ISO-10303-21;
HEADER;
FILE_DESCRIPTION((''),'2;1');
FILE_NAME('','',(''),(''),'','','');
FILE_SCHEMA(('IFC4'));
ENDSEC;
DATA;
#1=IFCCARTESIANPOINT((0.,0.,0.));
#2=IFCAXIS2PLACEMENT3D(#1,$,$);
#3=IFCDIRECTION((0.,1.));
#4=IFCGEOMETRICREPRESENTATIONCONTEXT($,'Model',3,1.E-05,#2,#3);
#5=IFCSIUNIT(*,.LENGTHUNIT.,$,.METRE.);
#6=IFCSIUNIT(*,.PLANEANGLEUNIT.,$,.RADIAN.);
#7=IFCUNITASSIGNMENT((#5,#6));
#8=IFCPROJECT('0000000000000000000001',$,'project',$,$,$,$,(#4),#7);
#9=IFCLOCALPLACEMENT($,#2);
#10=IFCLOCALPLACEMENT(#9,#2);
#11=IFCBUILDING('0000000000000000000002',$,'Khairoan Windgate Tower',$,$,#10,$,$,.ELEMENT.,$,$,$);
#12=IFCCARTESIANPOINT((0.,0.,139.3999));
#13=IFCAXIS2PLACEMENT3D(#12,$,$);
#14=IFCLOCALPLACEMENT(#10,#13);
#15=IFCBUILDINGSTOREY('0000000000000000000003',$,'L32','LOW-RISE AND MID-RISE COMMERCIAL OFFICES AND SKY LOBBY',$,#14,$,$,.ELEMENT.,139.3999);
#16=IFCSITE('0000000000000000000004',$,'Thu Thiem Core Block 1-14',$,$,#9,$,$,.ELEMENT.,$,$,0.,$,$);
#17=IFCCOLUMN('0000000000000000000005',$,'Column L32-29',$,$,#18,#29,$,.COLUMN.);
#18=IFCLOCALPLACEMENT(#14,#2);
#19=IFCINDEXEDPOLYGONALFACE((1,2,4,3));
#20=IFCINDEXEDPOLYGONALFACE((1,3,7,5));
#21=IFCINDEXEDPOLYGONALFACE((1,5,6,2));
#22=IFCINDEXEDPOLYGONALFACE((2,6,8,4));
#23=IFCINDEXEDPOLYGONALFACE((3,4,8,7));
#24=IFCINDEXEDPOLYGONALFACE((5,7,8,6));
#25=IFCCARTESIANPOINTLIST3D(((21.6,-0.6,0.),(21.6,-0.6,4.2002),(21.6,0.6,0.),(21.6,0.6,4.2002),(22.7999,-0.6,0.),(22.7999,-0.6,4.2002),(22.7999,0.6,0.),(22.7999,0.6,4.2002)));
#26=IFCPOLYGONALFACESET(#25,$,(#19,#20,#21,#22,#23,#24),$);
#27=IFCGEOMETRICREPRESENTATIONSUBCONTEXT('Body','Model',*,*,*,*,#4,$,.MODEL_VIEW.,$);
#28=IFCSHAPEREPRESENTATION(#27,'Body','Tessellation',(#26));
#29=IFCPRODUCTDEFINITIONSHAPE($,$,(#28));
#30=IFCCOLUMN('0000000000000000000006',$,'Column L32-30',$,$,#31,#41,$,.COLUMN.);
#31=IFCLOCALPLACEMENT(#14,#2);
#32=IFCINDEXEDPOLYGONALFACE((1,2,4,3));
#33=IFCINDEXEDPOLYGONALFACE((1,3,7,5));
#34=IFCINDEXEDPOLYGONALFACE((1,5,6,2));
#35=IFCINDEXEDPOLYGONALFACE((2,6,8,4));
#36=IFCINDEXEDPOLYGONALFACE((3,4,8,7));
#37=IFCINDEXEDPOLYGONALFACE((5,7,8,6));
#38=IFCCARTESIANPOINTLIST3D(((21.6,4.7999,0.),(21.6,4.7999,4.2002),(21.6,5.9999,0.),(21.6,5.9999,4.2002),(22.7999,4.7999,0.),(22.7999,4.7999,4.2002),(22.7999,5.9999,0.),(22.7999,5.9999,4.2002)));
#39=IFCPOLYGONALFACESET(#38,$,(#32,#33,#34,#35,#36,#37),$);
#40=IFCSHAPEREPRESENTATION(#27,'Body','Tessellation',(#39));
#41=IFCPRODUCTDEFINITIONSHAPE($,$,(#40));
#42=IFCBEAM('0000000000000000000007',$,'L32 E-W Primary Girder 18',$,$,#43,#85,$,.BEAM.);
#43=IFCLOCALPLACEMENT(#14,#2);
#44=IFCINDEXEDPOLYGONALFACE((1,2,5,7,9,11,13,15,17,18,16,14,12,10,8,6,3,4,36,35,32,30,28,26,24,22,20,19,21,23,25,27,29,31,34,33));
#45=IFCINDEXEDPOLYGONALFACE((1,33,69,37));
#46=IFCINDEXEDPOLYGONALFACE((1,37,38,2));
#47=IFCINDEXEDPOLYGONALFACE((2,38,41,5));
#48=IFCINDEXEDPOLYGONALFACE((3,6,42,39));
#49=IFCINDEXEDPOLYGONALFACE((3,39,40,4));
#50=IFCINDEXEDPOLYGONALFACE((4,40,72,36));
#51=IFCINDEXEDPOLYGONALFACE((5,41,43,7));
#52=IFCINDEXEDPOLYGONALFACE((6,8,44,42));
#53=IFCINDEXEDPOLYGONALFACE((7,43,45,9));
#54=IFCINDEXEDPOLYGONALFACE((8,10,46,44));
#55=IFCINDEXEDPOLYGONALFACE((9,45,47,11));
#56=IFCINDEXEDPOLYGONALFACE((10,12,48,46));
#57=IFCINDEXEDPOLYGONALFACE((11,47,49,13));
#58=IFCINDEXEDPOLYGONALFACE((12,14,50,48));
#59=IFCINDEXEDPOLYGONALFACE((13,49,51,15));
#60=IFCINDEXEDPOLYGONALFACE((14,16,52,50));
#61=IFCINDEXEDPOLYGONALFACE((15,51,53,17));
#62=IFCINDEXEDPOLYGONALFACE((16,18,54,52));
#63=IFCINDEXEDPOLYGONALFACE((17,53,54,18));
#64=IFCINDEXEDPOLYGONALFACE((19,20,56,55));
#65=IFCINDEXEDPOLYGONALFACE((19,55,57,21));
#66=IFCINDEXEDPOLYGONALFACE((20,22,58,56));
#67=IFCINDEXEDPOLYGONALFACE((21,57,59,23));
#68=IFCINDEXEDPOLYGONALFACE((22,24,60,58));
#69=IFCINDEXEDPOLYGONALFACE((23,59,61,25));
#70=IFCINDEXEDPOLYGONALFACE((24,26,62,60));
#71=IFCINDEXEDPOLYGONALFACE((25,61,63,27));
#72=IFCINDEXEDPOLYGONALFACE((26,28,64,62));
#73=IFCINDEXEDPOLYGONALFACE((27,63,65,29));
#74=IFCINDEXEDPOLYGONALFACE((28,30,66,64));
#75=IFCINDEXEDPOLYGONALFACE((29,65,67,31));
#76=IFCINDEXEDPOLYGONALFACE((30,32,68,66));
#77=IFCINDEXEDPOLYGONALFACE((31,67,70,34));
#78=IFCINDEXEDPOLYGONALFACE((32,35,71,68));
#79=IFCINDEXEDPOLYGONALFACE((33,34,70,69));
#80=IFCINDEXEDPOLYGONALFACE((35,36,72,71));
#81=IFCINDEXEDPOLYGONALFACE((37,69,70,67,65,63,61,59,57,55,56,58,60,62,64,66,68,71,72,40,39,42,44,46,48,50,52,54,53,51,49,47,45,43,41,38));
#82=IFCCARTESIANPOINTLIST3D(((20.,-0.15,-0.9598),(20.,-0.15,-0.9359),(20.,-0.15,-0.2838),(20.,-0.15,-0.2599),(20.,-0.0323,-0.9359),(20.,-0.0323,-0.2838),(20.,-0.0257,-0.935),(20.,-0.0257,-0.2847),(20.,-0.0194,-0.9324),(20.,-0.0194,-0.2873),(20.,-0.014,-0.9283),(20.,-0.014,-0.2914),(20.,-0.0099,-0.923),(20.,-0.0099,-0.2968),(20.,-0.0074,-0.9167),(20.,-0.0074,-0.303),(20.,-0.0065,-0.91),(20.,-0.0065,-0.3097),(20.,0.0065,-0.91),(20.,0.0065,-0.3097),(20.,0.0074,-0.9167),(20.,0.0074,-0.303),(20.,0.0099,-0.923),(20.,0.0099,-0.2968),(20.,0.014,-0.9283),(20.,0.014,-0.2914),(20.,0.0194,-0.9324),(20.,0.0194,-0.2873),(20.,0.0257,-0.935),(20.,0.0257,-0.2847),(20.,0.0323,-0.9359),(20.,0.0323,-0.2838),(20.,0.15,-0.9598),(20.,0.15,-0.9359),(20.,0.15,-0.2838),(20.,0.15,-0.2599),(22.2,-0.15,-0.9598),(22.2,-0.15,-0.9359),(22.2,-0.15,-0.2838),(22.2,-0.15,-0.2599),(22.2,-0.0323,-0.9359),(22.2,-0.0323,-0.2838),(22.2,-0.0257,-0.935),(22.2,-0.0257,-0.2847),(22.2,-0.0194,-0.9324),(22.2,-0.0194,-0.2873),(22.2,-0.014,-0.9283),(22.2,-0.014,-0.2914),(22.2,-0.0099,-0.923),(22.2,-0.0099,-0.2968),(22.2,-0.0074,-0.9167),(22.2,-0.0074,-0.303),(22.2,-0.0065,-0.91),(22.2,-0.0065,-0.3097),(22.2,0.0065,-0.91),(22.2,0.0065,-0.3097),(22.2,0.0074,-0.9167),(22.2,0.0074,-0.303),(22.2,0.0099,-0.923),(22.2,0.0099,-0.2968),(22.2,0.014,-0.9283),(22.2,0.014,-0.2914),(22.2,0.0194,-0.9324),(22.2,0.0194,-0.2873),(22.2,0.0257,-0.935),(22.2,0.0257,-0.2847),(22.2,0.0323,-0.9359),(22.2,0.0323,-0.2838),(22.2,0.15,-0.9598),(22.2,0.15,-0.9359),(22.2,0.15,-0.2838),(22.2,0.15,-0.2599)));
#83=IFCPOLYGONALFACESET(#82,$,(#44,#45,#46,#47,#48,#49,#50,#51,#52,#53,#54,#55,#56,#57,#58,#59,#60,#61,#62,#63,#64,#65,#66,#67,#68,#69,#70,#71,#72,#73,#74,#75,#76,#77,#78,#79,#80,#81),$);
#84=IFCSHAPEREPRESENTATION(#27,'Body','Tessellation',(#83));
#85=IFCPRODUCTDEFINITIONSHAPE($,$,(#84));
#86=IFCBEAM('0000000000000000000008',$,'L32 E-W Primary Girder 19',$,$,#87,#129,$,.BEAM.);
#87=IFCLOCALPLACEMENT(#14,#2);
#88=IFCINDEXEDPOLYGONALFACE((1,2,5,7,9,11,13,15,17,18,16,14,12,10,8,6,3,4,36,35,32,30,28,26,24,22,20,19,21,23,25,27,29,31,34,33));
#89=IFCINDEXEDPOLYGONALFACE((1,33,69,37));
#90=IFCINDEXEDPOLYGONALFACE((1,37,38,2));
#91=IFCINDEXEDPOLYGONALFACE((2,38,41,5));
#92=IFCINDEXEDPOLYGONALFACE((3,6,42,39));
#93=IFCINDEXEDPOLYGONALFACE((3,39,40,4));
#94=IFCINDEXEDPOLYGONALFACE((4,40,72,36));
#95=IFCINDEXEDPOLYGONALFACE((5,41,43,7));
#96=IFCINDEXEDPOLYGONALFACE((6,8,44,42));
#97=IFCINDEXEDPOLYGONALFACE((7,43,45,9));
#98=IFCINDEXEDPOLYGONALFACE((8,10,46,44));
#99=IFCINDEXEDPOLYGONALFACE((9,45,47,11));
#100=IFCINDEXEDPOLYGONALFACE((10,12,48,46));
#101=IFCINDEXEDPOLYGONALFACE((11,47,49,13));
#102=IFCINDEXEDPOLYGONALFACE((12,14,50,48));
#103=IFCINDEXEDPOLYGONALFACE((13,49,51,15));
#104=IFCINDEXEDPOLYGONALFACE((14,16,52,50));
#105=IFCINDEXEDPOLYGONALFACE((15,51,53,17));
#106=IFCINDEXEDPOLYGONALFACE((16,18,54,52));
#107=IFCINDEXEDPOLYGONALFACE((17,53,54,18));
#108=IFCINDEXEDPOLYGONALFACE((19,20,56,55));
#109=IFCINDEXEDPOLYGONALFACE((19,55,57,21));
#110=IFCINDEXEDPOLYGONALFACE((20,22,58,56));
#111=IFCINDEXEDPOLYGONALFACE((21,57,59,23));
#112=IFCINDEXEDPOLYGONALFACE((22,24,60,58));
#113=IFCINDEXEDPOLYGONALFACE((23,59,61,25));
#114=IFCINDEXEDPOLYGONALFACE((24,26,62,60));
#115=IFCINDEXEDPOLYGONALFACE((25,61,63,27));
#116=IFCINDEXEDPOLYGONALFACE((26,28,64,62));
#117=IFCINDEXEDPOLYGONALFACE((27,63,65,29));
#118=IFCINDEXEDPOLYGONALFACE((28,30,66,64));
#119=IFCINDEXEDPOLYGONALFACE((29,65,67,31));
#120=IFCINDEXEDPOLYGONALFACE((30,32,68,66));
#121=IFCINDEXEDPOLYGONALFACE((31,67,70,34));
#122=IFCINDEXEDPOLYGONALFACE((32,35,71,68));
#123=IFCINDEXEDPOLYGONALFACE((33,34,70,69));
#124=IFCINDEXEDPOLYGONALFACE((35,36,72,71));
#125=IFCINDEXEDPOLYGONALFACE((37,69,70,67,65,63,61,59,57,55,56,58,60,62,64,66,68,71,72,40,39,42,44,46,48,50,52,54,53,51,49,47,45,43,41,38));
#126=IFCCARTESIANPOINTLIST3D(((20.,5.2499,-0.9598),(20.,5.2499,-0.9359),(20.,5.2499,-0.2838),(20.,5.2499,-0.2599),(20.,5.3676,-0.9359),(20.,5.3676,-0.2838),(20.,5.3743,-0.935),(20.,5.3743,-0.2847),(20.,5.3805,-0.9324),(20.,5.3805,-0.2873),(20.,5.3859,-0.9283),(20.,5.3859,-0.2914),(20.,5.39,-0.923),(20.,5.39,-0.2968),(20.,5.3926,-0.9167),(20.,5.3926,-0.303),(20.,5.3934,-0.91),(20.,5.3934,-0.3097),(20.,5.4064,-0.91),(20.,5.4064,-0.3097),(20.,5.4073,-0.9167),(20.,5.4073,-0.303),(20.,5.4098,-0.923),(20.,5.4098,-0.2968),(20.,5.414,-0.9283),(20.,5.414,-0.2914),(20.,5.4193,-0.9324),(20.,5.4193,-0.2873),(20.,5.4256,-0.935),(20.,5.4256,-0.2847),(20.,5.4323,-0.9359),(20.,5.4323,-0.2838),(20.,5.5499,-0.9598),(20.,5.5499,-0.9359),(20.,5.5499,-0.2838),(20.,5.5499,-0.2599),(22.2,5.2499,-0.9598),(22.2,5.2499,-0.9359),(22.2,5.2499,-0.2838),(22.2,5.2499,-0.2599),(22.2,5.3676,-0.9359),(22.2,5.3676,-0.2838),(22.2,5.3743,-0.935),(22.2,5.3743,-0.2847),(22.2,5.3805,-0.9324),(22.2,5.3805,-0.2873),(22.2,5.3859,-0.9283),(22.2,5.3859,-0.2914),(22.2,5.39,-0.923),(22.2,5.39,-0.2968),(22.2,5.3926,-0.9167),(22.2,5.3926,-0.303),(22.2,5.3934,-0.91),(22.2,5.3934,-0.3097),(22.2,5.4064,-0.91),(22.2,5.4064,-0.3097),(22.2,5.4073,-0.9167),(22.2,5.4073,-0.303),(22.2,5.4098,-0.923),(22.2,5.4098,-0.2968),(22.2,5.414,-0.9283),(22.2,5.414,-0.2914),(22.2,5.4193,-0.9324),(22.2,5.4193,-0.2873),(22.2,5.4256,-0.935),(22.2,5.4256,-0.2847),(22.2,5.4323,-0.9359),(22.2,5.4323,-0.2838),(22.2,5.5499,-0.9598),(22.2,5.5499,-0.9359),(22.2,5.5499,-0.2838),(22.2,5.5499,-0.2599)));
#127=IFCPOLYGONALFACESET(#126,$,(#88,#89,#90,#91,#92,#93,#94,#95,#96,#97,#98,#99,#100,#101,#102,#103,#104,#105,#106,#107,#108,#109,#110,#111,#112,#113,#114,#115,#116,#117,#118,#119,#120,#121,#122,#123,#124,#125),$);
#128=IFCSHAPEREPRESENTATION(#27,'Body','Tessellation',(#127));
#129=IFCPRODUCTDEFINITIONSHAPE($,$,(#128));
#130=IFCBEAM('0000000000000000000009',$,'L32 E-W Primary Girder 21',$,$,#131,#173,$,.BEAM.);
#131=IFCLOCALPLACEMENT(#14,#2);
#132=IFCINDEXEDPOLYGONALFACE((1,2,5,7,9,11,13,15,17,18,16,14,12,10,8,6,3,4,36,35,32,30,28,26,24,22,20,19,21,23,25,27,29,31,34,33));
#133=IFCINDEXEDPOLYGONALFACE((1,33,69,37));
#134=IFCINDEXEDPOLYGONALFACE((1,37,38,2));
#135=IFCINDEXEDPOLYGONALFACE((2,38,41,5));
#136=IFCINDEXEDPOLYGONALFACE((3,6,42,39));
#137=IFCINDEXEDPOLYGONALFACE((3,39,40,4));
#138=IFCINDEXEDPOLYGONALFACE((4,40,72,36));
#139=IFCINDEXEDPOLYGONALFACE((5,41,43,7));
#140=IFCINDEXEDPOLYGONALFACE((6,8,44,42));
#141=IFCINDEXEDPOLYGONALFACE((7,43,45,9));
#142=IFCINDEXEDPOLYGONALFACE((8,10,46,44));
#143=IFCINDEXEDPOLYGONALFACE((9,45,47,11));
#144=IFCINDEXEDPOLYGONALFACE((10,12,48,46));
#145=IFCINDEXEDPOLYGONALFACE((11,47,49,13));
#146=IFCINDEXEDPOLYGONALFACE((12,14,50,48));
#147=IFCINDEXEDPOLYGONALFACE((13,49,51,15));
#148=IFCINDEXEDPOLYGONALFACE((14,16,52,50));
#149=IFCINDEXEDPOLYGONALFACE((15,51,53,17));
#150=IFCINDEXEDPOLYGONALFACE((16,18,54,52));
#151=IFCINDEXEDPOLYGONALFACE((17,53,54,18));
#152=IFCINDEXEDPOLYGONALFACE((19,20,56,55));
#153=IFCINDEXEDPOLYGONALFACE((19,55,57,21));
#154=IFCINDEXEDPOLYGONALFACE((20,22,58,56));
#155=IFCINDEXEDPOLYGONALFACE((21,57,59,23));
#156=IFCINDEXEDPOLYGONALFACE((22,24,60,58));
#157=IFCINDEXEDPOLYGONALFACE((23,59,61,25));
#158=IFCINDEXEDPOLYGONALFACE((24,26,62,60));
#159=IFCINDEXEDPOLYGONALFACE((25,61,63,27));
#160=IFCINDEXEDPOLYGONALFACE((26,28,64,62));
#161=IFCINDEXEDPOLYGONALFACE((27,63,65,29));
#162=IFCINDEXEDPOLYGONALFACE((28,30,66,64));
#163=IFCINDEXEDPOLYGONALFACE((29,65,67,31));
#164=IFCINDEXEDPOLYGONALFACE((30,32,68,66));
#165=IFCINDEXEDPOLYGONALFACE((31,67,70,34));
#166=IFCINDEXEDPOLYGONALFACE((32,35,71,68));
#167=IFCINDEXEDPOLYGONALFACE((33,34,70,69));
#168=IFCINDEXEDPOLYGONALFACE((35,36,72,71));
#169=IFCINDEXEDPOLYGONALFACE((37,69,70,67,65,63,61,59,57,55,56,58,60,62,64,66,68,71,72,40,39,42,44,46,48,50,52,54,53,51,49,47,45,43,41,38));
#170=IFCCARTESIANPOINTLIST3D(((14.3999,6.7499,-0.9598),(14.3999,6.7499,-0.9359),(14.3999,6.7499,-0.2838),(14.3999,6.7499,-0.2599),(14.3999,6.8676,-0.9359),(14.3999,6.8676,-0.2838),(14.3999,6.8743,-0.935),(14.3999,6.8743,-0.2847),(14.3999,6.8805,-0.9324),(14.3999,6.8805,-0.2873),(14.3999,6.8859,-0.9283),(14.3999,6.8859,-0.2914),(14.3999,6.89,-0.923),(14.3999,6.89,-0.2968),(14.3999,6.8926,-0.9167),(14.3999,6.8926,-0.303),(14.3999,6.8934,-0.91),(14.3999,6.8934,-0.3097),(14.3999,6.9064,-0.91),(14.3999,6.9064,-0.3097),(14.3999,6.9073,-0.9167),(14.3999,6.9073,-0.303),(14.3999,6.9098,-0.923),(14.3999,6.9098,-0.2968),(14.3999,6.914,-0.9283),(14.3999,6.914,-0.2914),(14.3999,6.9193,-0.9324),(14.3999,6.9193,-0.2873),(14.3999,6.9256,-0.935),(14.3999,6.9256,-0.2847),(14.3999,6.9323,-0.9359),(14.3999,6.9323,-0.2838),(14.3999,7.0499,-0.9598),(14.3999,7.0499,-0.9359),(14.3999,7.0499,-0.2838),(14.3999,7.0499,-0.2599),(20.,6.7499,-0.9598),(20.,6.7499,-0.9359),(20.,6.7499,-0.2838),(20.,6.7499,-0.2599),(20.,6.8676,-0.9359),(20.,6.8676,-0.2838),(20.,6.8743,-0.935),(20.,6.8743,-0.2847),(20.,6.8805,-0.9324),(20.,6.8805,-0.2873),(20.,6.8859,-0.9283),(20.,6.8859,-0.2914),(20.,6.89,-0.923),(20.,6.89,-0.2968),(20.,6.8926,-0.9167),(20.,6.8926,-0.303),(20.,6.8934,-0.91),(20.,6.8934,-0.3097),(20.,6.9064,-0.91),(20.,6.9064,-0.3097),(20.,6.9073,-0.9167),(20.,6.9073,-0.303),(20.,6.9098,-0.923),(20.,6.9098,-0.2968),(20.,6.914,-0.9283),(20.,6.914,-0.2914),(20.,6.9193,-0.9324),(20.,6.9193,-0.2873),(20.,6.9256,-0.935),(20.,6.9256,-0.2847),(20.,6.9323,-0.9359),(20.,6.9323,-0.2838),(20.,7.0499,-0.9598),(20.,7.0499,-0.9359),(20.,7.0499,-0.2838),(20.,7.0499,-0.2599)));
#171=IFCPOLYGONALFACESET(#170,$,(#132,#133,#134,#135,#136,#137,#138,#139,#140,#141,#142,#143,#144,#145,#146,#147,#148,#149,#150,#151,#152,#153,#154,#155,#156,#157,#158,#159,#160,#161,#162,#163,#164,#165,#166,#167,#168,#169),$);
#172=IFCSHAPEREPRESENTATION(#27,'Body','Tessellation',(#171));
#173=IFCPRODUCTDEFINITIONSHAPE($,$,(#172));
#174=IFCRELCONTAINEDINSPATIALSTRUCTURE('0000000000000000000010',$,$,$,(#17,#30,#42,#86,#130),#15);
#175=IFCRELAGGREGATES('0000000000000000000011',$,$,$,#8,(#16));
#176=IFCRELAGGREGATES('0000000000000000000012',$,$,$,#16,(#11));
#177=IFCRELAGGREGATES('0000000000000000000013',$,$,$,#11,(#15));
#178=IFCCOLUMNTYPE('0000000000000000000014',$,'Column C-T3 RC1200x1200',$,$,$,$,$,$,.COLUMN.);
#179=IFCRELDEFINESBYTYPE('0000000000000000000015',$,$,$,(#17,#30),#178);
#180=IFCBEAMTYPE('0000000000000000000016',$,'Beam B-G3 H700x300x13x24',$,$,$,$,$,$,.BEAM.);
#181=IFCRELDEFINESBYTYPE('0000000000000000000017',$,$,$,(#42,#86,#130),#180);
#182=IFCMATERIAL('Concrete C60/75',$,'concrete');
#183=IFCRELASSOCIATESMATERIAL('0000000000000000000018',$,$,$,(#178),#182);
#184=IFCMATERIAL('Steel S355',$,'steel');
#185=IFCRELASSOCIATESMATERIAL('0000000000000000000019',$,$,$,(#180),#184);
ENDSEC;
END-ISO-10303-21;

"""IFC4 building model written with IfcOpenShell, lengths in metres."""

from ifc_helpers import new_model, si_unit, direction, frame, origin, origin_2d, place, context, subcontext, project, spatial, rectangle, i_section, extrude, material, material_profile, profile_set, type_object, element, save


model = new_model("IFC4")

# Units and contexts
model_context = context("Model", 3, precision=1e-05, world=origin(), true_north=direction((0.0, 1.0)))
body_context = subcontext(model_context, "Body", "Model", "MODEL_VIEW")
ifc_project = project(units=[si_unit("LENGTHUNIT", "METRE"), si_unit("PLANEANGLEUNIT", "RADIAN")], contexts=[model_context])

# Site, building, storey
site_placement = place(None, origin())
site = spatial("IfcSite", under=ifc_project, at=site_placement, Name="Thu Thiem Core Block 1-14", CompositionType="ELEMENT", RefElevation=0.0)
building_placement = place(site_placement, origin())
building = spatial("IfcBuilding", under=site, at=building_placement, Name="Khairoan Windgate Tower", CompositionType="ELEMENT")
storey_placement = place(building_placement, frame((0.0, 0.0, 139.3999)))
storey = spatial("IfcBuildingStorey", under=building, at=storey_placement, Name="L32", Description="LOW-RISE AND MID-RISE COMMERCIAL OFFICES AND SKY LOBBY", CompositionType="ELEMENT", Elevation=139.3999)

# Columns
ifc_material_1 = material(Name="Concrete C60/75", Category="concrete")
ifc_material_profile_1 = material_profile(ifc_material_1, rectangle(XDim=1.2, YDim=1.2, at=origin_2d()))
ifc_profile_set_1 = profile_set([ifc_material_profile_1], Name="Concrete C60/75")
column_type = type_object("IfcColumnType", Name="Column C-T3 RC1200x1200", PredefinedType="COLUMN", material=ifc_profile_set_1)
for number, where, z_axis, x_axis, name in (
    (1, (22.2, 0.0, 0.0), (0.0, 0.0, 1.0), (1.0, 0.0, 0.0), "Column L32-29"),
    (2, (22.2, 5.3999, 0.0), (0.0, 0.0, 1.0), (1.0, 0.0, 0.0), "Column L32-30"),
):
    element("IfcColumn", number, at=place(storey_placement, frame(where, z_axis=z_axis, x_axis=x_axis)), inside=storey, type_object=column_type, Name=name, PredefinedType="COLUMN", context=body_context, shape_type="SweptSolid", body=[
        extrude(rectangle(XDim=1.2, YDim=1.2, at=origin_2d()), origin(), (0.0, 0.0, 1.0), 4.2002),
    ])

# Beams
ifc_material_2 = material(Name="Steel S355", Category="steel")
ifc_material_profile_2 = material_profile(ifc_material_2, i_section(OverallWidth=0.3, OverallDepth=0.7, WebThickness=0.0129, FlangeThickness=0.0239, FilletRadius=0.0259, at=origin_2d()))
ifc_profile_set_2 = profile_set([ifc_material_profile_2], Name="Steel S355")
beam_type_1 = type_object("IfcBeamType", Name="Beam B-G3 H700x300x13x24", PredefinedType="BEAM", material=ifc_profile_set_2)
for number, where, z_axis, x_axis, name in (
    (3, (20.0, 0.0, -0.6099), (1.0, 0.0, 0.0), (0.0, 1.0, 0.0), "L32 E-W Primary Girder 18"),
    (4, (20.0, 5.3999, -0.6099), (1.0, 0.0, 0.0), (0.0, 1.0, 0.0), "L32 E-W Primary Girder 19"),
):
    element("IfcBeam", number, at=place(storey_placement, frame(where, z_axis=z_axis, x_axis=x_axis)), inside=storey, type_object=beam_type_1, Name=name, PredefinedType="BEAM", context=body_context, shape_type="SweptSolid", body=[
        extrude(i_section(OverallWidth=0.3, OverallDepth=0.7, WebThickness=0.0129, FlangeThickness=0.0239, FilletRadius=0.0259, at=origin_2d()), origin(), (0.0, 0.0, 1.0), 2.2),
    ])
beam_1_placement = place(storey_placement, frame((14.3999, 6.8999, -0.6099), z_axis=(1.0, 0.0, 0.0), x_axis=(0.0, 1.0, 0.0)))
element("IfcBeam", 5, at=beam_1_placement, inside=storey, type_object=beam_type_1, Name="L32 E-W Primary Girder 21", PredefinedType="BEAM", context=body_context, shape_type="SweptSolid", body=[
    extrude(i_section(OverallWidth=0.3, OverallDepth=0.7, WebThickness=0.0129, FlangeThickness=0.0239, FilletRadius=0.0259, at=origin_2d()), origin(), (0.0, 0.0, 1.0), 5.6001),
])

save(model, "model.ifc")
